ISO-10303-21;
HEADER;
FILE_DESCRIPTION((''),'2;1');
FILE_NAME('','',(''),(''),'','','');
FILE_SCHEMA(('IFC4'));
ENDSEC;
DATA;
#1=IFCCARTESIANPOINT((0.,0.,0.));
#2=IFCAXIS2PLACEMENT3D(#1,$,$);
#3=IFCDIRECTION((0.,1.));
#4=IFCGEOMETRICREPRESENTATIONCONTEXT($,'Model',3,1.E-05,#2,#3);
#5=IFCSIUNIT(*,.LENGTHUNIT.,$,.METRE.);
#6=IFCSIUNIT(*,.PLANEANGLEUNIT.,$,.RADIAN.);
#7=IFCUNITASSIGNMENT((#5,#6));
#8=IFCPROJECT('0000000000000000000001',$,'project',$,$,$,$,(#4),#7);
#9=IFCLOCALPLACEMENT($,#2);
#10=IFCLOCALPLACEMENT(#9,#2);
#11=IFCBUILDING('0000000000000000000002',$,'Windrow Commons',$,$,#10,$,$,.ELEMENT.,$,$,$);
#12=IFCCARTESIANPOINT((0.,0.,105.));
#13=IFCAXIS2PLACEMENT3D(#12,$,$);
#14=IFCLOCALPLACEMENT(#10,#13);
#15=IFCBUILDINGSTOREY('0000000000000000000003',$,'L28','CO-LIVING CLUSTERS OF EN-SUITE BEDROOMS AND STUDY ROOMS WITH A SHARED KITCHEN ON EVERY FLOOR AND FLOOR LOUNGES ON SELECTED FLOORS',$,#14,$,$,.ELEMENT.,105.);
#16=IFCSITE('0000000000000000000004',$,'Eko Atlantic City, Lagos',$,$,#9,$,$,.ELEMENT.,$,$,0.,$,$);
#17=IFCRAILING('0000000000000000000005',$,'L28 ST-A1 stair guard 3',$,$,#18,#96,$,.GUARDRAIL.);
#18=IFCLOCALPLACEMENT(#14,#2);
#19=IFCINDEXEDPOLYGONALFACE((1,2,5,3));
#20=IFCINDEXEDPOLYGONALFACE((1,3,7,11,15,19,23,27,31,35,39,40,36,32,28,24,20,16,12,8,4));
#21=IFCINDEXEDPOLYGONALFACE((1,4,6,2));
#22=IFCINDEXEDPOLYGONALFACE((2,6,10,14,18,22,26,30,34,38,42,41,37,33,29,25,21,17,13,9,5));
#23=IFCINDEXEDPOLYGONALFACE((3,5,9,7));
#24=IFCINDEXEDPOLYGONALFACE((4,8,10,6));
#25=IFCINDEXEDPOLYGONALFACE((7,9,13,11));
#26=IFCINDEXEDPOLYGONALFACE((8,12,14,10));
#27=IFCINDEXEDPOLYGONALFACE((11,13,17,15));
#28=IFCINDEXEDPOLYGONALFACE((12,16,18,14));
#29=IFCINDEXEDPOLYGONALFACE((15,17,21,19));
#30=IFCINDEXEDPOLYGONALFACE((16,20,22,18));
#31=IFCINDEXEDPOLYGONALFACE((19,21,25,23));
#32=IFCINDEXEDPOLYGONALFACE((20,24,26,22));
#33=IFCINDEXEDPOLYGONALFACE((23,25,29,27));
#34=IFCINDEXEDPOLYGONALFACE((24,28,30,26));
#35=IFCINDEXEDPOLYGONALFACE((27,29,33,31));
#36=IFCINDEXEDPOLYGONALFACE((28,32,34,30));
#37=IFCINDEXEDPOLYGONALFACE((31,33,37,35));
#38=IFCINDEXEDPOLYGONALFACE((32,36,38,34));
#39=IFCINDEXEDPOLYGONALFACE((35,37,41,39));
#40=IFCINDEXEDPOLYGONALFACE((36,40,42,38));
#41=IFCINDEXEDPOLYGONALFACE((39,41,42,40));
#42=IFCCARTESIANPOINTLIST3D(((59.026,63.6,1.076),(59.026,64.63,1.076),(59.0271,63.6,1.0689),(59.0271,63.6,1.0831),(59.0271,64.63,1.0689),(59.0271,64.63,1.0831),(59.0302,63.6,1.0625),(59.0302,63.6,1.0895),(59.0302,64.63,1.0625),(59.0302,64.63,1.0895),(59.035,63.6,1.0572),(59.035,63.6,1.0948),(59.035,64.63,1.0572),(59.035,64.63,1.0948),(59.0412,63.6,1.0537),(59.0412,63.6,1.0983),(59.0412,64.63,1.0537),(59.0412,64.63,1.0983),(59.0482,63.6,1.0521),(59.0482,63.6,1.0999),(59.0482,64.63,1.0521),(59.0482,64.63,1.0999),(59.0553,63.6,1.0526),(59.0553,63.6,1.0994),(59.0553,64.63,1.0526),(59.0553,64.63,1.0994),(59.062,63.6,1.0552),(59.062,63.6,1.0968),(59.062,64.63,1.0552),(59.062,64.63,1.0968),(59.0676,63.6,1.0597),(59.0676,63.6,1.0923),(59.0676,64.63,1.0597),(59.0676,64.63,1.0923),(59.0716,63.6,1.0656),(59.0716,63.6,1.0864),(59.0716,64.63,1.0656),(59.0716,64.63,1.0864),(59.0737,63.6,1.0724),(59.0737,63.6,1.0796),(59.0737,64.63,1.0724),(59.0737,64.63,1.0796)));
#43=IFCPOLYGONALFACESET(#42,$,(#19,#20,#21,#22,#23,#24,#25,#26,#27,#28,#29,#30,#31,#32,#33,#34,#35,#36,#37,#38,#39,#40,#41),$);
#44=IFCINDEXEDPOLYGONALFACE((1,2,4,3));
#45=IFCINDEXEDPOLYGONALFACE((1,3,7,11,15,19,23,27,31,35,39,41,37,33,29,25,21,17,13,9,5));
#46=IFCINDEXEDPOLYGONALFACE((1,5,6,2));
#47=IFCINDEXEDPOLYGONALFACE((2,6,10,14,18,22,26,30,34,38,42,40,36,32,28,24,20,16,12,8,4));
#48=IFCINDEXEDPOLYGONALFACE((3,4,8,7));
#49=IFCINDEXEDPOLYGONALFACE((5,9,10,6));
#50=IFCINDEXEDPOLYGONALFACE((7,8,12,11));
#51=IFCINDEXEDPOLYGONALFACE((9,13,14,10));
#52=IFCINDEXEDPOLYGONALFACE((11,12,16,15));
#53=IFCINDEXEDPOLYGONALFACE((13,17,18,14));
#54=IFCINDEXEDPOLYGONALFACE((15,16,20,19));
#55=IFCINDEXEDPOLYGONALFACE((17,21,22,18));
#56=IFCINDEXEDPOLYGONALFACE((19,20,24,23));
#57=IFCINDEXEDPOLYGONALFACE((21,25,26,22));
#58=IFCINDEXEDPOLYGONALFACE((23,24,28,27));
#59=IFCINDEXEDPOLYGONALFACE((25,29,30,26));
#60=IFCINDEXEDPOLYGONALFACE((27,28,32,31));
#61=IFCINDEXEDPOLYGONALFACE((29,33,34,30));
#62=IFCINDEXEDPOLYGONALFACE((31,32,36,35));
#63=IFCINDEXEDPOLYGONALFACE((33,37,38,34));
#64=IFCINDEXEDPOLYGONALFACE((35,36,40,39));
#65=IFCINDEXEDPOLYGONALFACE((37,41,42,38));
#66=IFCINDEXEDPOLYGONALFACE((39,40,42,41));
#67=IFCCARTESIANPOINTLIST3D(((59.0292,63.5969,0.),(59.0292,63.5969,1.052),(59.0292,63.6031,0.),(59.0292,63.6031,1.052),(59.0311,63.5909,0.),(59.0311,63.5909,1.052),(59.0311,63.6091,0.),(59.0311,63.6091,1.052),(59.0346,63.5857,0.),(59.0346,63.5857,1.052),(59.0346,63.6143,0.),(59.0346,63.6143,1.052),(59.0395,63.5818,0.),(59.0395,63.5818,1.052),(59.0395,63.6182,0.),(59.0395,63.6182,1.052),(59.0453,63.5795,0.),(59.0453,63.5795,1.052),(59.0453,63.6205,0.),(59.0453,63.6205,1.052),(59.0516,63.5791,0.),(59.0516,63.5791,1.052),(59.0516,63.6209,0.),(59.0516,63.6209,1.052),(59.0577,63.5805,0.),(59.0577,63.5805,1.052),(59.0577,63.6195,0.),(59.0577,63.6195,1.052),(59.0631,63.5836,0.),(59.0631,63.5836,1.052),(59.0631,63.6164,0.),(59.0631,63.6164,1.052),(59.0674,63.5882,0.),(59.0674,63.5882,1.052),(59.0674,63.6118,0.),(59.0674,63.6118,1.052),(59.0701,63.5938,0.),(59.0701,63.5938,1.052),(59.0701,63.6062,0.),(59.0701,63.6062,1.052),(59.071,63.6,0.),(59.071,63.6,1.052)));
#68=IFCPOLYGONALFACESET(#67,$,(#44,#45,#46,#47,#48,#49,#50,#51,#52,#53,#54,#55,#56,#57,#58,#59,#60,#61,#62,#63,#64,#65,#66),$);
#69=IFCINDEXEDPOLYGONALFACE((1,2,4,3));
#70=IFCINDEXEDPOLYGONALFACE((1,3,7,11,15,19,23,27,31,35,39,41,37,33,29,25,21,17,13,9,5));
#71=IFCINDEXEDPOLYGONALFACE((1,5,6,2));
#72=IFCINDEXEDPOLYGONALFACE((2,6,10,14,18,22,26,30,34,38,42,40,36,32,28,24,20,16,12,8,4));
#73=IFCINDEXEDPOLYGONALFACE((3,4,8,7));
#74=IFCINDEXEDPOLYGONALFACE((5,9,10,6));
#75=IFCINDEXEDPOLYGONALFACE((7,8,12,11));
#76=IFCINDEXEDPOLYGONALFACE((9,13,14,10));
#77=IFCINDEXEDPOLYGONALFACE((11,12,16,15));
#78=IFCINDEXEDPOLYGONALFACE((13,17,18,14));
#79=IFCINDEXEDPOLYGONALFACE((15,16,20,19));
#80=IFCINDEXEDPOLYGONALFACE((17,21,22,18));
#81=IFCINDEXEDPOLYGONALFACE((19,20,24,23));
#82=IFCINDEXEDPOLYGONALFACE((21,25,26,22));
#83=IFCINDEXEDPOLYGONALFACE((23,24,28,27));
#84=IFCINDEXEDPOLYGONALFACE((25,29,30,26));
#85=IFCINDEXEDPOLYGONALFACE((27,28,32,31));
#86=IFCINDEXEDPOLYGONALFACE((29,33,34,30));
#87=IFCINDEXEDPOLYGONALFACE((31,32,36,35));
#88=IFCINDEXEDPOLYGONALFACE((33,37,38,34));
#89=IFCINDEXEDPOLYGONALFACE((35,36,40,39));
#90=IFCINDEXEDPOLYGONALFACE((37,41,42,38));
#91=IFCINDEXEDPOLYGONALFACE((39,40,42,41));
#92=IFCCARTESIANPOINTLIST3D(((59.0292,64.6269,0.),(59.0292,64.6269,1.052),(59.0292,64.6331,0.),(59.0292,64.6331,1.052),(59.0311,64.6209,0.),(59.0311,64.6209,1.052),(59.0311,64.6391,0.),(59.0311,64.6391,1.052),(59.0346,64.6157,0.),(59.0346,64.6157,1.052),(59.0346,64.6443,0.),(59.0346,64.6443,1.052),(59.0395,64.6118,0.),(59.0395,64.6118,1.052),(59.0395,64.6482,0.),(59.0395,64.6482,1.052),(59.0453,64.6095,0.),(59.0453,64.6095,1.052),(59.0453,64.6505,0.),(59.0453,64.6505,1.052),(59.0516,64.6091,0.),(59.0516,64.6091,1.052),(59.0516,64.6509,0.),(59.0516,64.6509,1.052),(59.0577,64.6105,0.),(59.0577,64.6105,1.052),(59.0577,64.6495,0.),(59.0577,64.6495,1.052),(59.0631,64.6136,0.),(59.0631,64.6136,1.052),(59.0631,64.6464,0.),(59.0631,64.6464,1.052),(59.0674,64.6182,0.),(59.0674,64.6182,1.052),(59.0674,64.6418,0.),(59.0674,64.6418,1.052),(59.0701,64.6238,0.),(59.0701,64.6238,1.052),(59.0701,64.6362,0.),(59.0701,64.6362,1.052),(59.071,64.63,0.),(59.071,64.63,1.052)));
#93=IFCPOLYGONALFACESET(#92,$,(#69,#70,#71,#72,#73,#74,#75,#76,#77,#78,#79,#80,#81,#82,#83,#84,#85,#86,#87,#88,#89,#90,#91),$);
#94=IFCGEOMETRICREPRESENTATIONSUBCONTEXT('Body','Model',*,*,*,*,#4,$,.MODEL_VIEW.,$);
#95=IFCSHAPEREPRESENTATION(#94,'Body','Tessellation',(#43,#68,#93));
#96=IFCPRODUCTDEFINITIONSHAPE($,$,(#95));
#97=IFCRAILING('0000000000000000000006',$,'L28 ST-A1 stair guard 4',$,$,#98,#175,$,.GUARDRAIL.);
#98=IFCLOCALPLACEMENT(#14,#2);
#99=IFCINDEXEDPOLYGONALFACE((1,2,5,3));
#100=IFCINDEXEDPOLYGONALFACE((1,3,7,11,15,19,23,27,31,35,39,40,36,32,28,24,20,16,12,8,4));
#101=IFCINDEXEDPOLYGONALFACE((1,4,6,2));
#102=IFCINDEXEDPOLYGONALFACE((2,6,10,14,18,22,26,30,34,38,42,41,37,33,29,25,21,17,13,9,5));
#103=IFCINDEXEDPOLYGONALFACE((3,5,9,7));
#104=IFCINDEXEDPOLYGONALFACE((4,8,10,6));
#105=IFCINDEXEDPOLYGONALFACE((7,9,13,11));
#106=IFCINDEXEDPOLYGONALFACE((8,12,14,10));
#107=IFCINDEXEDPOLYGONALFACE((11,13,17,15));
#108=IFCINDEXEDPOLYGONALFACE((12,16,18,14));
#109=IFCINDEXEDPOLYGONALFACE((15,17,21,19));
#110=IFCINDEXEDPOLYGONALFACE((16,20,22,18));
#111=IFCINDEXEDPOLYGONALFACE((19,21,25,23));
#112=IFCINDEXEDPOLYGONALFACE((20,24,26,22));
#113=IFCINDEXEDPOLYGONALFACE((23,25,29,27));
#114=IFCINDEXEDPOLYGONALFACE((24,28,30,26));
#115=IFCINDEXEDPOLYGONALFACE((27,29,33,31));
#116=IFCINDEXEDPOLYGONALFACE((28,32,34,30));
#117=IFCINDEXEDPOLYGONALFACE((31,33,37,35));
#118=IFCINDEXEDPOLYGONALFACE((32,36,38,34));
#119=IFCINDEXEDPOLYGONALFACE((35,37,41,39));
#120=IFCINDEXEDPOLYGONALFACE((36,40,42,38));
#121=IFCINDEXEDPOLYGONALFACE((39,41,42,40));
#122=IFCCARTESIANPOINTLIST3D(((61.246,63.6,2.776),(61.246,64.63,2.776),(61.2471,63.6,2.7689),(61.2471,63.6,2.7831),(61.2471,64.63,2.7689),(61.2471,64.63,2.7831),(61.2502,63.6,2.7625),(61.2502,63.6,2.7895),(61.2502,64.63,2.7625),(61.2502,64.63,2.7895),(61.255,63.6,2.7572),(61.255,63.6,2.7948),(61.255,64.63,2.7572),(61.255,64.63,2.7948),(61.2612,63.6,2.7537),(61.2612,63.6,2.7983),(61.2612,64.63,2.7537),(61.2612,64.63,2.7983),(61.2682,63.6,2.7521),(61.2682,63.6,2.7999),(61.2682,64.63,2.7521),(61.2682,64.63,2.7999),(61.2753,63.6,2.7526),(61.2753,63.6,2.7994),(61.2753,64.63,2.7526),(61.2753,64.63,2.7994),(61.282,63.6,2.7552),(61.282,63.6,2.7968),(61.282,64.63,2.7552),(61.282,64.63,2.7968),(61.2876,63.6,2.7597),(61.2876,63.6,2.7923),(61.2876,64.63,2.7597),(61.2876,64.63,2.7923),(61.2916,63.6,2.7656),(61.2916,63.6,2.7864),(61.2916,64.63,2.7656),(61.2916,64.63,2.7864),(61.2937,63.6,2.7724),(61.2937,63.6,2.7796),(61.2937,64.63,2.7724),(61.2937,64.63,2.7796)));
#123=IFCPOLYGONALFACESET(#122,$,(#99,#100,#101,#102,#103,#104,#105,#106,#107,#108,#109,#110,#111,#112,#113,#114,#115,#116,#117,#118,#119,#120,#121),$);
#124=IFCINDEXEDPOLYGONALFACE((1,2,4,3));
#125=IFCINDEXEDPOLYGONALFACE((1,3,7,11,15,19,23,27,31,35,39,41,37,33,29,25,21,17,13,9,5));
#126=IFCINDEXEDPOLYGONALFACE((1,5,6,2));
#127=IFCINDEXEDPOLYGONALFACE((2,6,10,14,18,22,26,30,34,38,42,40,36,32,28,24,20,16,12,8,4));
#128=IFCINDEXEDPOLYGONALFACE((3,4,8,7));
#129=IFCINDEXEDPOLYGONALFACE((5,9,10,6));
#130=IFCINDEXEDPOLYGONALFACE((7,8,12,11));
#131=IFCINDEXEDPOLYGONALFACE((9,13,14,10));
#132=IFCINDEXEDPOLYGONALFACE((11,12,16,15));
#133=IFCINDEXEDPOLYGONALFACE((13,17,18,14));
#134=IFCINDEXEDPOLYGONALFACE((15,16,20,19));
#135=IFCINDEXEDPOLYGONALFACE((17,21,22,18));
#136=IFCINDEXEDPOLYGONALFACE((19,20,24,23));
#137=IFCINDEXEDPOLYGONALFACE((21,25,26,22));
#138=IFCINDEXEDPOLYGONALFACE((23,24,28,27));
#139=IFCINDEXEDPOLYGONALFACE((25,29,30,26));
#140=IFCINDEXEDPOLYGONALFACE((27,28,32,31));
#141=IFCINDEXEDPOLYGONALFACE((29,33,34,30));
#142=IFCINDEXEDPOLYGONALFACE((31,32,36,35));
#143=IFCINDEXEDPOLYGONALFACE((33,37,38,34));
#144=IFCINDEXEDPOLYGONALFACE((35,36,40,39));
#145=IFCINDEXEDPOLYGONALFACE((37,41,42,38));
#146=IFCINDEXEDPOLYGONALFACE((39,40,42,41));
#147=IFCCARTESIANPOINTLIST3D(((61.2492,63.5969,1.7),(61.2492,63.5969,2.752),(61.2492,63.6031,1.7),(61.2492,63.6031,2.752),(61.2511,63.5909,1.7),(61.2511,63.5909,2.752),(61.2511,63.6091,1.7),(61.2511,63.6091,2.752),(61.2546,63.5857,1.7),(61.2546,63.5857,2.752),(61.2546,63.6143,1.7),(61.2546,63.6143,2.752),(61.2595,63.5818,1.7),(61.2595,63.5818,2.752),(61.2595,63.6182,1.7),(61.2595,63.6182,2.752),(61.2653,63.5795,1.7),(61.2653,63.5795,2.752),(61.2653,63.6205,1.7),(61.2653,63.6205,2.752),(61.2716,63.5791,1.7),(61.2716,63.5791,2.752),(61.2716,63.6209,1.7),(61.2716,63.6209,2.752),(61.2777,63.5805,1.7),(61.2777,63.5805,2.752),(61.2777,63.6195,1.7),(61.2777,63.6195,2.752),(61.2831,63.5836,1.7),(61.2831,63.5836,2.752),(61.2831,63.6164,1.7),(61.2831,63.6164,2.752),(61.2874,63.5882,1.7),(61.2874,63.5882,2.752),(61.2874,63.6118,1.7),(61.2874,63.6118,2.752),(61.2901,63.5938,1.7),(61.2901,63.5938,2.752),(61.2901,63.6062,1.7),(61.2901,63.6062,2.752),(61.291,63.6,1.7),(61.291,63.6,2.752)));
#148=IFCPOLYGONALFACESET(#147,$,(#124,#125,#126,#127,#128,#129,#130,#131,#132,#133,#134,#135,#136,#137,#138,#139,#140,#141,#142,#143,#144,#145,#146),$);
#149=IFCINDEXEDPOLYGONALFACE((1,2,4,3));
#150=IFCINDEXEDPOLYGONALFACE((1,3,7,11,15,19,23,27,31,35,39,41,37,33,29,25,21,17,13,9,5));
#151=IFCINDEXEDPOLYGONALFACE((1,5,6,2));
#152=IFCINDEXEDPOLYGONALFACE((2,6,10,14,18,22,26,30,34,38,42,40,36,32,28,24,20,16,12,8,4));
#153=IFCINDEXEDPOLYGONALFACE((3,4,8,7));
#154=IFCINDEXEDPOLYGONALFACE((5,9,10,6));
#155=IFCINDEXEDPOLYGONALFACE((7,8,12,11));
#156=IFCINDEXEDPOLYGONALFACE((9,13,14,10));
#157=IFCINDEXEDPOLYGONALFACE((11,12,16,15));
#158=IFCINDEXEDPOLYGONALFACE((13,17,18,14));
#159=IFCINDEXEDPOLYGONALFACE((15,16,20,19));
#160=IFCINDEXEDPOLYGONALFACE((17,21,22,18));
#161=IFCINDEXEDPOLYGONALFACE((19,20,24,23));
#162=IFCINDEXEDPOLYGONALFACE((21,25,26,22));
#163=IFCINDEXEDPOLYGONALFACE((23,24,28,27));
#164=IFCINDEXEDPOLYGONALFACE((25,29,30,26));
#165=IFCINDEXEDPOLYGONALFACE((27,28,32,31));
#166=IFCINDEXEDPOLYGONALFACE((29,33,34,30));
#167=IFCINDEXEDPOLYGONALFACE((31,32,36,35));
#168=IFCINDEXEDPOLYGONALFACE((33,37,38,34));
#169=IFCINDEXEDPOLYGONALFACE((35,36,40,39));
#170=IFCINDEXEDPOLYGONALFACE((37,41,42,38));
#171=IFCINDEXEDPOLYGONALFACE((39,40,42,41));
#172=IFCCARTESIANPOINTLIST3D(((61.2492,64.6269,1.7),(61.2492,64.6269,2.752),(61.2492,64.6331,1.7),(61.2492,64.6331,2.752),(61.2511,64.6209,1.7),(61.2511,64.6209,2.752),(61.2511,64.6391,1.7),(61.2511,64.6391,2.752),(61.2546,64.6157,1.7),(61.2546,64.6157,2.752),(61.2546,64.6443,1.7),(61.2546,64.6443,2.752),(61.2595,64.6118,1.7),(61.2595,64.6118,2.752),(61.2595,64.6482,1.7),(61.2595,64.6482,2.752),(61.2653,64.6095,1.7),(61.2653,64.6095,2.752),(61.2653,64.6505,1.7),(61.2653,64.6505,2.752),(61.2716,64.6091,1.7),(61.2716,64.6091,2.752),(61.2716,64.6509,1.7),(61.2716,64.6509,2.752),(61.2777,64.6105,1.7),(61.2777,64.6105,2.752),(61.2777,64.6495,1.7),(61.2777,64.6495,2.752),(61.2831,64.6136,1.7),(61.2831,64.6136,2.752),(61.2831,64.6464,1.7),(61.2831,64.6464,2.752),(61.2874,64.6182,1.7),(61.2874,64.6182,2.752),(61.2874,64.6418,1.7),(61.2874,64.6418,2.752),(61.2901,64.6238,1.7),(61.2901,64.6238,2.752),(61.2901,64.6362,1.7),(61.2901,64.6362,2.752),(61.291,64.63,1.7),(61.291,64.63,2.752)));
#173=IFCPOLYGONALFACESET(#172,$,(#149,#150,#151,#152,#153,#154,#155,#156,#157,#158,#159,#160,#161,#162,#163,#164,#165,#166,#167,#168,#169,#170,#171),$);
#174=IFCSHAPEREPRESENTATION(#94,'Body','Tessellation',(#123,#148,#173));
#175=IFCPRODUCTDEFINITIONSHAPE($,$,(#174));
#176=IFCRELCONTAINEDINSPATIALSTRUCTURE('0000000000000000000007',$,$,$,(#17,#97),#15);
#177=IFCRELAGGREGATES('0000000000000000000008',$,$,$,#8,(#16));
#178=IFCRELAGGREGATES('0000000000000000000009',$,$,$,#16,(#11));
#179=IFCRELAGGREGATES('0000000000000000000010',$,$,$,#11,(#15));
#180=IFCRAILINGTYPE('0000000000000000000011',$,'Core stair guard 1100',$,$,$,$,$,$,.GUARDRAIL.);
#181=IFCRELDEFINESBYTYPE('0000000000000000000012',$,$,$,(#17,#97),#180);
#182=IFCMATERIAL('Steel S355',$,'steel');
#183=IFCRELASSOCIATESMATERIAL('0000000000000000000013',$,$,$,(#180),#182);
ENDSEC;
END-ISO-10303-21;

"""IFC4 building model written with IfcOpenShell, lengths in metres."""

from ifc_helpers import new_model, si_unit, direction, frame, origin, origin_2d, place, context, subcontext, project, spatial, circle, extrude, material, type_object, element, save


model = new_model("IFC4")

# Units and contexts
model_context = context("Model", 3, precision=1e-05, world=origin(), true_north=direction((0.0, 1.0)))
body_context = subcontext(model_context, "Body", "Model", "MODEL_VIEW")
ifc_project = project(units=[si_unit("LENGTHUNIT", "METRE"), si_unit("PLANEANGLEUNIT", "RADIAN")], contexts=[model_context])

# Site, building, storey
site_placement = place(None, origin())
site = spatial("IfcSite", under=ifc_project, at=site_placement, Name="Eko Atlantic City, Lagos", CompositionType="ELEMENT", RefElevation=0.0)
building_placement = place(site_placement, origin())
building = spatial("IfcBuilding", under=site, at=building_placement, Name="Windrow Commons", CompositionType="ELEMENT")
storey_placement = place(building_placement, frame((0.0, 0.0, 105.0)))
storey = spatial("IfcBuildingStorey", under=building, at=storey_placement, Name="L28", Description="CO-LIVING CLUSTERS OF EN-SUITE BEDROOMS AND STUDY ROOMS WITH A SHARED KITCHEN ON EVERY FLOOR AND FLOOR LOUNGES ON SELECTED FLOORS", CompositionType="ELEMENT", Elevation=105.0)

# Railings
ifc_material_1 = material(Name="Steel S355", Category="steel")
railing_type_1 = type_object("IfcRailingType", Name="Core stair guard 1100", PredefinedType="GUARDRAIL", material=ifc_material_1)
for number, where, name in (
    (1, (59.05, 63.6, 0.0), "L28 ST-A1 stair guard 3"),
    (2, (61.27, 63.6, 1.7), "L28 ST-A1 stair guard 4"),
):
    element("IfcRailing", number, at=place(storey_placement, frame(where)), inside=storey, type_object=railing_type_1, Name=name, PredefinedType="GUARDRAIL", context=body_context, shape_type="SweptSolid", body=[
        extrude(circle(Radius=0.024, at=origin_2d()), frame((0.0, 0.0, 1.076), z_axis=(0.0, 1.0, 0.0), x_axis=(-1.0, 0.0, 0.0)), (0.0, 0.0, 1.0), 1.03),
        extrude(circle(Radius=0.021, at=origin_2d()), origin(), (0.0, 0.0, 1.0), 1.052),
        extrude(circle(Radius=0.021, at=origin_2d()), frame((0.0, 1.03, 0.0)), (0.0, 0.0, 1.0), 1.052),
    ])

save(model, "model.ifc")
